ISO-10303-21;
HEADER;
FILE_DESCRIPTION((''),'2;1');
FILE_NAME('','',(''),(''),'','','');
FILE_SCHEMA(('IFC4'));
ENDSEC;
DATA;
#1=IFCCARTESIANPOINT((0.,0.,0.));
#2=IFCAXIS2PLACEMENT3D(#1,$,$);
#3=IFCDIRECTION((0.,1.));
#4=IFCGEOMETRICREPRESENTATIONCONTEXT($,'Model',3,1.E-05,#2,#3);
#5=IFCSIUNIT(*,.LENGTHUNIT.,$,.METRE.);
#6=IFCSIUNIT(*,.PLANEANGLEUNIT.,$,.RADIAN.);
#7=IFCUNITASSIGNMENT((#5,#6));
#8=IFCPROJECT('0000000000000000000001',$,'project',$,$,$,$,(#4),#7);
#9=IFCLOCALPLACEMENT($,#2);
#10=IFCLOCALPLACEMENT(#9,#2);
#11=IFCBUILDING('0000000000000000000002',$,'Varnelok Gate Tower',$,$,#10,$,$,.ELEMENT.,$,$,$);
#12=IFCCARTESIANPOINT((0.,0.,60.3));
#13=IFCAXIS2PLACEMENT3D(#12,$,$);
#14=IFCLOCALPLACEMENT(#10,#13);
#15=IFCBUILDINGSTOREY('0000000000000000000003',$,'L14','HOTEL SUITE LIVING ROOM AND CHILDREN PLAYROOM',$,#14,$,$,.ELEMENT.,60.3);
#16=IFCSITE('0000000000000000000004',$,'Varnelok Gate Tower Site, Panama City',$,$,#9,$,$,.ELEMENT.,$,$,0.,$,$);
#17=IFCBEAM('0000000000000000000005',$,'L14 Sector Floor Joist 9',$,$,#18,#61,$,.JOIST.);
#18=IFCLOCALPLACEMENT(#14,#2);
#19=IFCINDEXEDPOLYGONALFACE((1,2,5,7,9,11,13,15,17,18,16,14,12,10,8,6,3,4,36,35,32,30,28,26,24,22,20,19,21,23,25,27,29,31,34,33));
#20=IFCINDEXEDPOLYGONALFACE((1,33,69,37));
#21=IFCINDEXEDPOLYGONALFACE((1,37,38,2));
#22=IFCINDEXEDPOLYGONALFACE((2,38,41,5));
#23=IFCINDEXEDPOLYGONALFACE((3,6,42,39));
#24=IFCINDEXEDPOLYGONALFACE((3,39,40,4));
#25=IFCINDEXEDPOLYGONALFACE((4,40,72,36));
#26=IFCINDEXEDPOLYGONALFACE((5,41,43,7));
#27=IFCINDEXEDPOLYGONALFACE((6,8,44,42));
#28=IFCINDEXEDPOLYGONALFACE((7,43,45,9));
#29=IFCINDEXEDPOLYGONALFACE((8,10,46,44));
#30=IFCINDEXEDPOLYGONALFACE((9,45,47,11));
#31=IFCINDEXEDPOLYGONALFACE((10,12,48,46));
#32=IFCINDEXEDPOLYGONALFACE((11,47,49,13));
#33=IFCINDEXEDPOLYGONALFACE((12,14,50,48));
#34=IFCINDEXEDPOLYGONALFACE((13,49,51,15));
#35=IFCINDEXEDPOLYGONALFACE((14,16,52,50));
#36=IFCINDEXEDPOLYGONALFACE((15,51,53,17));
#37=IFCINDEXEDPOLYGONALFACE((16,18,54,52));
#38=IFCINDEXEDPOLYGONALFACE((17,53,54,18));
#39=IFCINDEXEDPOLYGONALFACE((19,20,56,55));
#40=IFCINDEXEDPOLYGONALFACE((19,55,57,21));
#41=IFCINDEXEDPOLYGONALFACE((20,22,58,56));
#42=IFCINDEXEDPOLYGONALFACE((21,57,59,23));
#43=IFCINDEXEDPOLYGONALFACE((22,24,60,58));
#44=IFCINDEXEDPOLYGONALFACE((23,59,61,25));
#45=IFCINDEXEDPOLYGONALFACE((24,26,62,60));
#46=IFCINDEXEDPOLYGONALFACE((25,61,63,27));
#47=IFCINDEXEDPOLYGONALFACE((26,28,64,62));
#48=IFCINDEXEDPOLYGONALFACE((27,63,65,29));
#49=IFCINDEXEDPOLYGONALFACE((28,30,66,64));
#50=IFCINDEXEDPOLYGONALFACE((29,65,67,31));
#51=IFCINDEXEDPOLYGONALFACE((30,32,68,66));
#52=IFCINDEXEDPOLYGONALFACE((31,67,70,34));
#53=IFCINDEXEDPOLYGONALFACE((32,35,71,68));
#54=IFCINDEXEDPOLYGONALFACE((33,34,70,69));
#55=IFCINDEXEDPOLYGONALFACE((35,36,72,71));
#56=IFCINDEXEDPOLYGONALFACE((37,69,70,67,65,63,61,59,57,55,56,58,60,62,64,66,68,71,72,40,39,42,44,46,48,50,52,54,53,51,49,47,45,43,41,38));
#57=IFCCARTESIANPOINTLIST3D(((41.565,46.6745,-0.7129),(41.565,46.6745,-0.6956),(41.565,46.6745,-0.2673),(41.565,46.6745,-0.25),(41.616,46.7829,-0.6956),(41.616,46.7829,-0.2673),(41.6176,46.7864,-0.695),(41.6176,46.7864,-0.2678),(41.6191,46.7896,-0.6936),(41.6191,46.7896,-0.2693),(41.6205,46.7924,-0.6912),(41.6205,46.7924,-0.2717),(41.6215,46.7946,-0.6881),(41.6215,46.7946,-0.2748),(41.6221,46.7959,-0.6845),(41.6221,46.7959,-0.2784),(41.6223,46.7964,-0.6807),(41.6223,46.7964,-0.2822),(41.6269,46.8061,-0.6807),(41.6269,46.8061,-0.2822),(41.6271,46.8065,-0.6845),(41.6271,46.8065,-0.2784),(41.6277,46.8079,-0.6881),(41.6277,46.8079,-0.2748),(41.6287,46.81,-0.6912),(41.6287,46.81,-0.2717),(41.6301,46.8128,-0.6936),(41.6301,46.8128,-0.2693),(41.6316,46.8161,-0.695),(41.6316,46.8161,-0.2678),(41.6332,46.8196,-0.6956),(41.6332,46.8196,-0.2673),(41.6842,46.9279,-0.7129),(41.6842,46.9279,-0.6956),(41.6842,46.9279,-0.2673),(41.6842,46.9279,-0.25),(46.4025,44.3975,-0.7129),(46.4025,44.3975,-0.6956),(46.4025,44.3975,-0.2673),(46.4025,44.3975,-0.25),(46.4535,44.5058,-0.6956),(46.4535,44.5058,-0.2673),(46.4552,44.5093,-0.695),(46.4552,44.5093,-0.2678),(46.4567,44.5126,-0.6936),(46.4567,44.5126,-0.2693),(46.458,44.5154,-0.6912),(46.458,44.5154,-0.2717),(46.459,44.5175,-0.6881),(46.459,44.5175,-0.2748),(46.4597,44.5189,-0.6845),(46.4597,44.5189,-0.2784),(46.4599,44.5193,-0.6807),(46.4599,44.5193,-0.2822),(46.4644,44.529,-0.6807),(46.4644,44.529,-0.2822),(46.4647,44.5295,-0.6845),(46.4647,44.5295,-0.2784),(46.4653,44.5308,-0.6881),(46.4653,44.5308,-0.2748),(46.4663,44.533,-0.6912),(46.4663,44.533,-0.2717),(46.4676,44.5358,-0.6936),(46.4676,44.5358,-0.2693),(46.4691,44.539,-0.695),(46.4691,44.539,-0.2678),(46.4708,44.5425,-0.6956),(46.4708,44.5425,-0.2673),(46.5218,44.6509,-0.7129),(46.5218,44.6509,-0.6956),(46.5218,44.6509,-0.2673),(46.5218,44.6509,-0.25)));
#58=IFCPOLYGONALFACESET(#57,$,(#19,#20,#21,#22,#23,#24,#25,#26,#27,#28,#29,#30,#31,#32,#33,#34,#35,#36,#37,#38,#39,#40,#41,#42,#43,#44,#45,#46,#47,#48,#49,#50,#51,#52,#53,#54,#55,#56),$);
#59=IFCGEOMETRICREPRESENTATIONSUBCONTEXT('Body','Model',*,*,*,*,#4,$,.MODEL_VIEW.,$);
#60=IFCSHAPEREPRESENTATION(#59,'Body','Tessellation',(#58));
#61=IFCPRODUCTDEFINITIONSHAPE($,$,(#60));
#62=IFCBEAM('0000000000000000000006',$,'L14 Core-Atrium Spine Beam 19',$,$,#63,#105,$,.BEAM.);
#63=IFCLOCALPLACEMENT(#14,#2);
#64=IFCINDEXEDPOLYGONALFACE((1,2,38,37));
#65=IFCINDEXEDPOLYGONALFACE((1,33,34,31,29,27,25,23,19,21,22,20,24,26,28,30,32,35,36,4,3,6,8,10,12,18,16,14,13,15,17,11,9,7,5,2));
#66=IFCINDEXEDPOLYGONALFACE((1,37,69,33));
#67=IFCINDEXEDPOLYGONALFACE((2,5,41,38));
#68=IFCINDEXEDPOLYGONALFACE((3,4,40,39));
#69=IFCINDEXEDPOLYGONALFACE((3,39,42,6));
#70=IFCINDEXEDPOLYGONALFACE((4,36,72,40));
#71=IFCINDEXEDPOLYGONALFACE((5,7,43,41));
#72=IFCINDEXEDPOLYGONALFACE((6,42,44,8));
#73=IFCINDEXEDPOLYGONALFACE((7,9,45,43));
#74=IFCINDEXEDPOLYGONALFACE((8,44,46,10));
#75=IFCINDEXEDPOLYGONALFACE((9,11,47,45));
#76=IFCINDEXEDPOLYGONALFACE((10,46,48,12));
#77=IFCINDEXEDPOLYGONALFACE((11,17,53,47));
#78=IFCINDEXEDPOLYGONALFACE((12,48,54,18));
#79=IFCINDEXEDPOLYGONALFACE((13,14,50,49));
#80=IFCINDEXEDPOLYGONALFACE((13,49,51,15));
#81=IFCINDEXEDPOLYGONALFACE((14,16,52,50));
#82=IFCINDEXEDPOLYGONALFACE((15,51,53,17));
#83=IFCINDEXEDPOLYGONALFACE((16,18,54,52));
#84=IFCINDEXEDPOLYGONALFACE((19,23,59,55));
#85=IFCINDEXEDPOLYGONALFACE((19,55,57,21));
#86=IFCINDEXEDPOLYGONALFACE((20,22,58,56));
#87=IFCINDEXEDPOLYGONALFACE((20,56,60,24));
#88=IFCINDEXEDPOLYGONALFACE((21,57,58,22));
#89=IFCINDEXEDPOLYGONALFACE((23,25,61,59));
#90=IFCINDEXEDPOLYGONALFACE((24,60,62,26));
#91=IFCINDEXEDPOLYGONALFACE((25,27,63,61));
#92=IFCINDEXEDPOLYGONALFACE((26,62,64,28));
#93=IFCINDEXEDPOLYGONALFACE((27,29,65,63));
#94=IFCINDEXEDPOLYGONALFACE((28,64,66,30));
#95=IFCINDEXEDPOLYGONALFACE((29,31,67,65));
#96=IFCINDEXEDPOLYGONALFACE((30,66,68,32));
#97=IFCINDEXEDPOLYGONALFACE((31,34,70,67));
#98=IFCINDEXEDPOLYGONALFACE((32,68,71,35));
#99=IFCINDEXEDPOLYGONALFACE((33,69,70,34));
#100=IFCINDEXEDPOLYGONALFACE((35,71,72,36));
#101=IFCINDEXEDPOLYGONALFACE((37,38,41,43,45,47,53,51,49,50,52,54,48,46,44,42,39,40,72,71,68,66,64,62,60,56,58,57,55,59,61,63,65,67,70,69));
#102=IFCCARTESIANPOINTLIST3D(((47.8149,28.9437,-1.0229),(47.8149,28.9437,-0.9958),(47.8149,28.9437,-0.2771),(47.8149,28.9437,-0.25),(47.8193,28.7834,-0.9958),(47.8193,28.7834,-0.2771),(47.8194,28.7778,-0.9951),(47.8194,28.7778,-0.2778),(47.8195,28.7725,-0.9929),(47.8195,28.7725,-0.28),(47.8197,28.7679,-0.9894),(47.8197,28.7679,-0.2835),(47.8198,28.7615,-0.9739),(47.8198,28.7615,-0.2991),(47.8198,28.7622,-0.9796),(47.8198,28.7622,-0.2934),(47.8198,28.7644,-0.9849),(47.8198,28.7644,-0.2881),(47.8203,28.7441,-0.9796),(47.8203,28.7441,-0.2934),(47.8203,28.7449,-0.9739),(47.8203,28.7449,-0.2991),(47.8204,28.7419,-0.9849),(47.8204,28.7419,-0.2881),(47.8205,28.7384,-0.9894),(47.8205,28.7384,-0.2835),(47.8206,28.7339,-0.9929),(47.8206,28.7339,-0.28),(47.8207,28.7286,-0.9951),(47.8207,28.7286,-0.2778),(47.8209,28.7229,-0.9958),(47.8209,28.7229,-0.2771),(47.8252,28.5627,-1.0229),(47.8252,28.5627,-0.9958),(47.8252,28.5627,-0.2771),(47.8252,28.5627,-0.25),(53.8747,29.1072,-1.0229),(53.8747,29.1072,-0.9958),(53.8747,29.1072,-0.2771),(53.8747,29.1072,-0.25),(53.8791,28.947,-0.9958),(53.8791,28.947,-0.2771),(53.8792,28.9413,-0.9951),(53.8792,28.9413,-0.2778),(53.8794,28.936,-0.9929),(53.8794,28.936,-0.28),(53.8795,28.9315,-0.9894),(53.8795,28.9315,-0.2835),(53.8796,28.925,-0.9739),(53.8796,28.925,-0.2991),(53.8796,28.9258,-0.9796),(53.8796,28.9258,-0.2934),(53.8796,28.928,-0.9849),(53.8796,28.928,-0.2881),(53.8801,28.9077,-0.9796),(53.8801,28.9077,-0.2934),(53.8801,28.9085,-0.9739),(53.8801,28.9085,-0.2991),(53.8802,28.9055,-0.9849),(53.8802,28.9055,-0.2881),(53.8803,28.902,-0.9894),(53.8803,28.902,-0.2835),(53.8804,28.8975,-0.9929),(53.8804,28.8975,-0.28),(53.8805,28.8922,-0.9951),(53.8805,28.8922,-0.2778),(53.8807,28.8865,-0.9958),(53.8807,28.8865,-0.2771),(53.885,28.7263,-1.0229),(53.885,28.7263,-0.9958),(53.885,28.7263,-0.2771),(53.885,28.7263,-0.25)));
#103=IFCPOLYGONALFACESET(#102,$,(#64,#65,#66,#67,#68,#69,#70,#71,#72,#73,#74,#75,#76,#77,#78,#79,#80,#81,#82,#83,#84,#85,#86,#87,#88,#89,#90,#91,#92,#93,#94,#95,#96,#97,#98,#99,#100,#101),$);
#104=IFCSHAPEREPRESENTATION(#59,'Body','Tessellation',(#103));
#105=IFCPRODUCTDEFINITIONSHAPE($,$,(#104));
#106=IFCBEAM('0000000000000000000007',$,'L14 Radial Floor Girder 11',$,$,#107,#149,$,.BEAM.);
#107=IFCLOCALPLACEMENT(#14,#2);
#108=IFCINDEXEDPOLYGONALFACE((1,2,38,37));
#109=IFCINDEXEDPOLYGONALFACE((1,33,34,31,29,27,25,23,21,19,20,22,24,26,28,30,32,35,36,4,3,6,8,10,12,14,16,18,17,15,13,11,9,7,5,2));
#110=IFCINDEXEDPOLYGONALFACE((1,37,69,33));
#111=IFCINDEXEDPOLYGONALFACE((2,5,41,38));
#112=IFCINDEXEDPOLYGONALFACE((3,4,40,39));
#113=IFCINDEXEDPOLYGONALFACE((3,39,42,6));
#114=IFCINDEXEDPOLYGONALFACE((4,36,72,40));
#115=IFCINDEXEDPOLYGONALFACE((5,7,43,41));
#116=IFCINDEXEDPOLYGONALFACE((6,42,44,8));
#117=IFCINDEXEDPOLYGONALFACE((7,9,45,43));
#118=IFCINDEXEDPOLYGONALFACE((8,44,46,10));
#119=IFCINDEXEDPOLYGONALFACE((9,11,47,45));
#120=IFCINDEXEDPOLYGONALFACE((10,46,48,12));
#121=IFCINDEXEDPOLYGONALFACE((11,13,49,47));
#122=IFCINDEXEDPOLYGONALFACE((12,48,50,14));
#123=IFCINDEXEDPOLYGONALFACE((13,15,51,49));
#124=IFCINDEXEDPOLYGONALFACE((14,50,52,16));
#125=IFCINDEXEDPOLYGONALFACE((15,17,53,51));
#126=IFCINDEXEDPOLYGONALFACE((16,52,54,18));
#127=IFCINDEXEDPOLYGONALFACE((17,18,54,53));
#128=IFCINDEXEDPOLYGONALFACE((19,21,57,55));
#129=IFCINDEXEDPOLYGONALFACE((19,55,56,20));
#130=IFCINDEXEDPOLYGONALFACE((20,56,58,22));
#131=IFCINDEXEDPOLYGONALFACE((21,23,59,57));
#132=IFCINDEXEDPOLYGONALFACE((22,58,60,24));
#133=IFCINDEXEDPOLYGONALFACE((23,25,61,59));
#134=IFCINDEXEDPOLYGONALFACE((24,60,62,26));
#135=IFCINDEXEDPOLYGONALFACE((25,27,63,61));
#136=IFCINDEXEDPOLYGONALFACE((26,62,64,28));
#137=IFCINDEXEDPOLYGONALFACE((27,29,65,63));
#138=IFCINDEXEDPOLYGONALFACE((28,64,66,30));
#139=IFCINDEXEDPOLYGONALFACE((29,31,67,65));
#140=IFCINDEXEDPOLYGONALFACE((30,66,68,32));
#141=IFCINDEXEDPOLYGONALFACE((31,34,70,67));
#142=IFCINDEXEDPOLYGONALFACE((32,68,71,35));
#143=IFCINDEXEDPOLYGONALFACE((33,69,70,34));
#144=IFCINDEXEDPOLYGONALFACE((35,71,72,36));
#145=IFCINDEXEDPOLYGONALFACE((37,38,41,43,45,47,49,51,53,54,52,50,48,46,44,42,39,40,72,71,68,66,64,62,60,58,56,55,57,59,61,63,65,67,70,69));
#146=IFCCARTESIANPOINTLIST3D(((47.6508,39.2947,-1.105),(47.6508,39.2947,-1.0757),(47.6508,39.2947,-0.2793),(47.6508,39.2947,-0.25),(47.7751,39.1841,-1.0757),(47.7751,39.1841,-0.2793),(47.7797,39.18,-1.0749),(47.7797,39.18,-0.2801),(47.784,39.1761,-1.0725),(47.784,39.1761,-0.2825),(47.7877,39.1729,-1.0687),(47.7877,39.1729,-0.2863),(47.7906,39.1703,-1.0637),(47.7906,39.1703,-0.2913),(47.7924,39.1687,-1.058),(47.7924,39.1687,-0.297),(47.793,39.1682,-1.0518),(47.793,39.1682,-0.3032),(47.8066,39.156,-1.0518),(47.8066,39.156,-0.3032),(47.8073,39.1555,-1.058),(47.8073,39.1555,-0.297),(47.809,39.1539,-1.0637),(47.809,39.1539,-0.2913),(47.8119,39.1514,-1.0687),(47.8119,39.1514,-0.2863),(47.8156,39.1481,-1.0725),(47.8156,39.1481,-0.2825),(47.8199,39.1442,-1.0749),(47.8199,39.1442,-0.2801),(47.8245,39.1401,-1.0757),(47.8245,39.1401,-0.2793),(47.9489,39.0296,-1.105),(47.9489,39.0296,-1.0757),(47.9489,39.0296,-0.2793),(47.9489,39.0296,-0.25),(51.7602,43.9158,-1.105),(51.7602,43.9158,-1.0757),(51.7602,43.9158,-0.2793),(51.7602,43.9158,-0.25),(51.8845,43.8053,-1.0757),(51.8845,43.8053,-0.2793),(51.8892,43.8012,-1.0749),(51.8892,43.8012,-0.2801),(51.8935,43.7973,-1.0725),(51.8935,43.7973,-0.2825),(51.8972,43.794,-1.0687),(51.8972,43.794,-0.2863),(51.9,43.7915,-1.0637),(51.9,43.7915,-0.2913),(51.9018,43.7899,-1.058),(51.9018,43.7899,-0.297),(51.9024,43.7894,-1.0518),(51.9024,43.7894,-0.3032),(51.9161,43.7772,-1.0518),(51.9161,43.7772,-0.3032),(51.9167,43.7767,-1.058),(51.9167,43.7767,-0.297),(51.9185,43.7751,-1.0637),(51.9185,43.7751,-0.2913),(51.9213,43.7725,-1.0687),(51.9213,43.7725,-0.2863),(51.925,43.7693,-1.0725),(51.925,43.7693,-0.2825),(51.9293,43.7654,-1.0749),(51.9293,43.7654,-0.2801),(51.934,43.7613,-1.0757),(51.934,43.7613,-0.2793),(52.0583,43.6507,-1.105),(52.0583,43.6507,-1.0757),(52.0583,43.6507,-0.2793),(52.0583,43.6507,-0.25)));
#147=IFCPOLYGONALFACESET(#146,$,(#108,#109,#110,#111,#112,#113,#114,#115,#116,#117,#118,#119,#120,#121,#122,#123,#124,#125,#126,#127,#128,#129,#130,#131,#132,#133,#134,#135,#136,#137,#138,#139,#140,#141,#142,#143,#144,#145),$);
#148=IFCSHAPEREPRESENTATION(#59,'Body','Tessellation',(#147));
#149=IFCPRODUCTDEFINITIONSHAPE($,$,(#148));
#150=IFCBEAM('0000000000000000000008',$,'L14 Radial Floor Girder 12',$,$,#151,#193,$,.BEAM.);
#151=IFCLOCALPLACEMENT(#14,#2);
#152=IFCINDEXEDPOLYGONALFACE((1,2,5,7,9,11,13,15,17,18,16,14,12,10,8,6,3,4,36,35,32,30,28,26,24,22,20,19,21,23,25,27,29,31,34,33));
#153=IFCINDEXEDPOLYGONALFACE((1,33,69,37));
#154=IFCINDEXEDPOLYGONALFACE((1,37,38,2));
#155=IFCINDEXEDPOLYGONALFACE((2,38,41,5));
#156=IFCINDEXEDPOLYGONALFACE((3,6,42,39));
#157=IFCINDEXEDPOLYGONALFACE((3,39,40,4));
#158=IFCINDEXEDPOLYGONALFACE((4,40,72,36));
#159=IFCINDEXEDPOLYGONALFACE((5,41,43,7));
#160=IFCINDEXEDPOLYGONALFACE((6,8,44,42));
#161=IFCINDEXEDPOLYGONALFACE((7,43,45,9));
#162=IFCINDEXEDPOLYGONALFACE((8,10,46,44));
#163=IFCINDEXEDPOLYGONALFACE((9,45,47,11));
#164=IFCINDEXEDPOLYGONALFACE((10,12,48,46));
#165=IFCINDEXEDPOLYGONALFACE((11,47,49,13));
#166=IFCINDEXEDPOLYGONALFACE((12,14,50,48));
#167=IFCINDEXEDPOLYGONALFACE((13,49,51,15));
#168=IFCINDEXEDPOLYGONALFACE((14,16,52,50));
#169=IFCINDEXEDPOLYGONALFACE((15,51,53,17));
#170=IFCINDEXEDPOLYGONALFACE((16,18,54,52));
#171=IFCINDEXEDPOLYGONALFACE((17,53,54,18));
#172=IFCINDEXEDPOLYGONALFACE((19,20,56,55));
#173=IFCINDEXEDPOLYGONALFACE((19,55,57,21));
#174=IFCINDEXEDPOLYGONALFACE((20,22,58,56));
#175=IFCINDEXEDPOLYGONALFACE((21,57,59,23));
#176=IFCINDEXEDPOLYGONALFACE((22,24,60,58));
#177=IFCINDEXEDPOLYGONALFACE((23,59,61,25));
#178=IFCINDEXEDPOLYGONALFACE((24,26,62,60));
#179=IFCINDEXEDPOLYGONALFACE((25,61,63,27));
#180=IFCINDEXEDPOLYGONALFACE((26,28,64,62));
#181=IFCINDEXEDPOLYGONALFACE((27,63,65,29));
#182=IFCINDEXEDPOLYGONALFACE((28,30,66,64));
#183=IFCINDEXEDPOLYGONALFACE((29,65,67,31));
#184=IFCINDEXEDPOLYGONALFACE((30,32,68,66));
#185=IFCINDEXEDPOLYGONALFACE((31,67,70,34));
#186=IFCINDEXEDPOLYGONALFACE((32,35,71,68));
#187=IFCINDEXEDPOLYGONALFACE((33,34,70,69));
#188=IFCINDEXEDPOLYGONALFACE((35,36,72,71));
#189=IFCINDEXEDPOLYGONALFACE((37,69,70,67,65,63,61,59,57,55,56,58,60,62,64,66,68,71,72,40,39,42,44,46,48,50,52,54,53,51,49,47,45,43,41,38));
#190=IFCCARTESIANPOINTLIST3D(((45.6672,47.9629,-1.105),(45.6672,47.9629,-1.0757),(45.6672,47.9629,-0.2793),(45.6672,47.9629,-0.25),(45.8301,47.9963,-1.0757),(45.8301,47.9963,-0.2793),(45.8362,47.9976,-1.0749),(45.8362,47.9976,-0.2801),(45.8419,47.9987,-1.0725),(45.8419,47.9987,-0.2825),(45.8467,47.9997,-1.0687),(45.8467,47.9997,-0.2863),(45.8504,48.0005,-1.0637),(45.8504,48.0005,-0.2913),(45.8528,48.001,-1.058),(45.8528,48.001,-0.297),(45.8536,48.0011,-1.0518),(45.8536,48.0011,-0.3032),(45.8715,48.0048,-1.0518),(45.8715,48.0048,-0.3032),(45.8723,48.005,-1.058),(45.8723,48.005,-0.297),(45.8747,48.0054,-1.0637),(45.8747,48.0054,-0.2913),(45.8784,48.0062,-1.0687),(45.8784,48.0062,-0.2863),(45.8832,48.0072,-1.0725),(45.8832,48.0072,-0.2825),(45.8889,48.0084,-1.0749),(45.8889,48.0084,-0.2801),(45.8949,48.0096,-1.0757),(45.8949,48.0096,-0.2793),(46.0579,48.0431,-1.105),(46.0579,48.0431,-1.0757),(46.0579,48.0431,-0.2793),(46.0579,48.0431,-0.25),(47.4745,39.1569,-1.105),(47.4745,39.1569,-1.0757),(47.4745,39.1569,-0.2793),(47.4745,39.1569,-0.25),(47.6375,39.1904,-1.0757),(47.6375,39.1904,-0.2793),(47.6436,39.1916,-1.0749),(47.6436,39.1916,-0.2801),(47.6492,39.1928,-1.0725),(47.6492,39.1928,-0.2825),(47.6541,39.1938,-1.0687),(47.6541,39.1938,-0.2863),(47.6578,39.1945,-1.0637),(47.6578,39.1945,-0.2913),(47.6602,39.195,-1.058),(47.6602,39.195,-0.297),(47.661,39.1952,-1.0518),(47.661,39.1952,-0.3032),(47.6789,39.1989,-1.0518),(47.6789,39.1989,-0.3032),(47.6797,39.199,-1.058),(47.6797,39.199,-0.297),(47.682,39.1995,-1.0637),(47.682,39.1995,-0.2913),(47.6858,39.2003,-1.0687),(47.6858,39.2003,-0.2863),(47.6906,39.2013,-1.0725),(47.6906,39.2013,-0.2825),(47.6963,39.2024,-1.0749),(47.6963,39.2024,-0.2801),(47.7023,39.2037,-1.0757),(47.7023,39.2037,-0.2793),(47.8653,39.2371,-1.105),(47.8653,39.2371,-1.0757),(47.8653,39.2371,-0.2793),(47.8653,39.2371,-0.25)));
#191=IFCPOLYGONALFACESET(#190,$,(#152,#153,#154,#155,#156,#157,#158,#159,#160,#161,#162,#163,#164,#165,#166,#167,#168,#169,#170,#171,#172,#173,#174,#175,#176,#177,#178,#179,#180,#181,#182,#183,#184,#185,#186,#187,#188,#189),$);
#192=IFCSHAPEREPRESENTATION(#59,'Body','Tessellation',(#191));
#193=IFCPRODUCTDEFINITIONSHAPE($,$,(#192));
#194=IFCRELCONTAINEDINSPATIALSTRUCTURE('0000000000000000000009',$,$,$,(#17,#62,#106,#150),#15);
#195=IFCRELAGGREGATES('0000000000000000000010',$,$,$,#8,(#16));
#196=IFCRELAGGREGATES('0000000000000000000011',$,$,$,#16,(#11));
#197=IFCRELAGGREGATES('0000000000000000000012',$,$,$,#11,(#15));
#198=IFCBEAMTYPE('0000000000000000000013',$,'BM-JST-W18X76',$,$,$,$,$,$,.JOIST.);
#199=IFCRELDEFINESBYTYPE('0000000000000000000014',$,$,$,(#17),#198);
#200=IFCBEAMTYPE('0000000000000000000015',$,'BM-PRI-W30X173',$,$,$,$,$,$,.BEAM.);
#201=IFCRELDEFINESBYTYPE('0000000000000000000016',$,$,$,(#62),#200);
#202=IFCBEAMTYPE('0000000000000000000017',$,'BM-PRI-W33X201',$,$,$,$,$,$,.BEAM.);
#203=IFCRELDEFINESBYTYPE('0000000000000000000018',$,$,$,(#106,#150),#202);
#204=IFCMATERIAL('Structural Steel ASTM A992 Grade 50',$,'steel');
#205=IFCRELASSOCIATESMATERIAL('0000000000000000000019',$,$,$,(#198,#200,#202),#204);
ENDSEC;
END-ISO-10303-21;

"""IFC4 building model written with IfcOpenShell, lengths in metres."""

from ifc_helpers import new_model, si_unit, direction, frame, origin, origin_2d, place, context, subcontext, project, spatial, i_section, extrude, material, material_profile, profile_set, type_object, element, save


model = new_model("IFC4")

# Units and contexts
model_context = context("Model", 3, precision=1e-05, world=origin(), true_north=direction((0.0, 1.0)))
body_context = subcontext(model_context, "Body", "Model", "MODEL_VIEW")
ifc_project = project(units=[si_unit("LENGTHUNIT", "METRE"), si_unit("PLANEANGLEUNIT", "RADIAN")], contexts=[model_context])

# Site, building, storey
site_placement = place(None, origin())
site = spatial("IfcSite", under=ifc_project, at=site_placement, Name="Varnelok Gate Tower Site, Panama City", CompositionType="ELEMENT", RefElevation=0.0)
building_placement = place(site_placement, origin())
building = spatial("IfcBuilding", under=site, at=building_placement, Name="Varnelok Gate Tower", CompositionType="ELEMENT")
storey_placement = place(building_placement, frame((0.0, 0.0, 60.3)))
storey = spatial("IfcBuildingStorey", under=building, at=storey_placement, Name="L14", Description="HOTEL SUITE LIVING ROOM AND CHILDREN PLAYROOM", CompositionType="ELEMENT", Elevation=60.3)

# Shared definitions
ifc_material_1 = material(Name="Structural Steel ASTM A992 Grade 50", Category="steel")

# Beams
ifc_material_profile_1 = material_profile(ifc_material_1, i_section(OverallWidth=0.28, OverallDepth=0.4629, WebThickness=0.0107, FlangeThickness=0.0173, FilletRadius=0.0149, at=origin_2d()), Name="W18X76")
ifc_profile_set_1 = profile_set([ifc_material_profile_1], Name="Structural Steel ASTM A992 Grade 50")
beam_type_1 = type_object("IfcBeamType", Name="BM-JST-W18X76", PredefinedType="JOIST", material=ifc_profile_set_1)
beam_1_placement = place(storey_placement, frame((46.4622, 44.5242, -0.4814), z_axis=(-0.904778, 0.425883, 0.0), x_axis=(-0.425883, -0.904778, 0.0)))
element("IfcBeam", 1, at=beam_1_placement, inside=storey, type_object=beam_type_1, Name="L14 Sector Floor Joist 9", PredefinedType="JOIST", context=body_context, shape_type="SweptSolid", body=[
    extrude(i_section(OverallWidth=0.28, OverallDepth=0.4629, WebThickness=0.0107, FlangeThickness=0.0173, FilletRadius=0.0149, at=origin_2d()), origin(), (0.0, 0.0, 1.0), 5.3467),
])
ifc_material_profile_2 = material_profile(ifc_material_1, i_section(OverallWidth=0.3811, OverallDepth=0.7729, WebThickness=0.0166, FlangeThickness=0.0271, FilletRadius=0.022, at=origin_2d()), Name="W30X173")
ifc_profile_set_2 = profile_set([ifc_material_profile_2], Name="Structural Steel ASTM A992 Grade 50")
beam_type_2 = type_object("IfcBeamType", Name="BM-PRI-W30X173", PredefinedType="BEAM", material=ifc_profile_set_2)
beam_2_placement = place(storey_placement, frame((47.8201, 28.7532, -0.6365), z_axis=(0.999636, 0.026983, 0.0), x_axis=(-0.026983, 0.999636, 0.0)))
element("IfcBeam", 2, at=beam_2_placement, inside=storey, type_object=beam_type_2, Name="L14 Core-Atrium Spine Beam 19", PredefinedType="BEAM", context=body_context, shape_type="SweptSolid", body=[
    extrude(i_section(OverallWidth=0.3811, OverallDepth=0.7729, WebThickness=0.0166, FlangeThickness=0.0271, FilletRadius=0.022, at=origin_2d()), origin(), (0.0, 0.0, 1.0), 6.062),
])
ifc_material_profile_3 = material_profile(ifc_material_1, i_section(OverallWidth=0.3989, OverallDepth=0.855, WebThickness=0.0183, FlangeThickness=0.0293, FilletRadius=0.0239, at=origin_2d()), Name="W33X201")
ifc_profile_set_3 = profile_set([ifc_material_profile_3], Name="Structural Steel ASTM A992 Grade 50")
beam_type_3 = type_object("IfcBeamType", Name="BM-PRI-W33X201", PredefinedType="BEAM", material=ifc_profile_set_3)
beam_3_placement = place(storey_placement, frame((47.7998, 39.1621, -0.6775), z_axis=(0.664521, 0.74727, 0.0), x_axis=(-0.74727, 0.664521, 0.0)))
element("IfcBeam", 3, at=beam_3_placement, inside=storey, type_object=beam_type_3, Name="L14 Radial Floor Girder 11", PredefinedType="BEAM", context=body_context, shape_type="SweptSolid", body=[
    extrude(i_section(OverallWidth=0.3989, OverallDepth=0.855, WebThickness=0.0183, FlangeThickness=0.0293, FilletRadius=0.0239, at=origin_2d()), origin(), (0.0, 0.0, 1.0), 6.1841),
])
beam_4_placement = place(storey_placement, frame((47.6699, 39.197, -0.6775), z_axis=(-0.201054, 0.97958, 0.0), x_axis=(-0.97958, -0.201054, 0.0)))
element("IfcBeam", 4, at=beam_4_placement, inside=storey, type_object=beam_type_3, Name="L14 Radial Floor Girder 12", PredefinedType="BEAM", context=body_context, shape_type="SweptSolid", body=[
    extrude(i_section(OverallWidth=0.3989, OverallDepth=0.855, WebThickness=0.0183, FlangeThickness=0.0293, FilletRadius=0.0239, at=origin_2d()), origin(), (0.0, 0.0, 1.0), 8.9895),
])

save(model, "model.ifc")
